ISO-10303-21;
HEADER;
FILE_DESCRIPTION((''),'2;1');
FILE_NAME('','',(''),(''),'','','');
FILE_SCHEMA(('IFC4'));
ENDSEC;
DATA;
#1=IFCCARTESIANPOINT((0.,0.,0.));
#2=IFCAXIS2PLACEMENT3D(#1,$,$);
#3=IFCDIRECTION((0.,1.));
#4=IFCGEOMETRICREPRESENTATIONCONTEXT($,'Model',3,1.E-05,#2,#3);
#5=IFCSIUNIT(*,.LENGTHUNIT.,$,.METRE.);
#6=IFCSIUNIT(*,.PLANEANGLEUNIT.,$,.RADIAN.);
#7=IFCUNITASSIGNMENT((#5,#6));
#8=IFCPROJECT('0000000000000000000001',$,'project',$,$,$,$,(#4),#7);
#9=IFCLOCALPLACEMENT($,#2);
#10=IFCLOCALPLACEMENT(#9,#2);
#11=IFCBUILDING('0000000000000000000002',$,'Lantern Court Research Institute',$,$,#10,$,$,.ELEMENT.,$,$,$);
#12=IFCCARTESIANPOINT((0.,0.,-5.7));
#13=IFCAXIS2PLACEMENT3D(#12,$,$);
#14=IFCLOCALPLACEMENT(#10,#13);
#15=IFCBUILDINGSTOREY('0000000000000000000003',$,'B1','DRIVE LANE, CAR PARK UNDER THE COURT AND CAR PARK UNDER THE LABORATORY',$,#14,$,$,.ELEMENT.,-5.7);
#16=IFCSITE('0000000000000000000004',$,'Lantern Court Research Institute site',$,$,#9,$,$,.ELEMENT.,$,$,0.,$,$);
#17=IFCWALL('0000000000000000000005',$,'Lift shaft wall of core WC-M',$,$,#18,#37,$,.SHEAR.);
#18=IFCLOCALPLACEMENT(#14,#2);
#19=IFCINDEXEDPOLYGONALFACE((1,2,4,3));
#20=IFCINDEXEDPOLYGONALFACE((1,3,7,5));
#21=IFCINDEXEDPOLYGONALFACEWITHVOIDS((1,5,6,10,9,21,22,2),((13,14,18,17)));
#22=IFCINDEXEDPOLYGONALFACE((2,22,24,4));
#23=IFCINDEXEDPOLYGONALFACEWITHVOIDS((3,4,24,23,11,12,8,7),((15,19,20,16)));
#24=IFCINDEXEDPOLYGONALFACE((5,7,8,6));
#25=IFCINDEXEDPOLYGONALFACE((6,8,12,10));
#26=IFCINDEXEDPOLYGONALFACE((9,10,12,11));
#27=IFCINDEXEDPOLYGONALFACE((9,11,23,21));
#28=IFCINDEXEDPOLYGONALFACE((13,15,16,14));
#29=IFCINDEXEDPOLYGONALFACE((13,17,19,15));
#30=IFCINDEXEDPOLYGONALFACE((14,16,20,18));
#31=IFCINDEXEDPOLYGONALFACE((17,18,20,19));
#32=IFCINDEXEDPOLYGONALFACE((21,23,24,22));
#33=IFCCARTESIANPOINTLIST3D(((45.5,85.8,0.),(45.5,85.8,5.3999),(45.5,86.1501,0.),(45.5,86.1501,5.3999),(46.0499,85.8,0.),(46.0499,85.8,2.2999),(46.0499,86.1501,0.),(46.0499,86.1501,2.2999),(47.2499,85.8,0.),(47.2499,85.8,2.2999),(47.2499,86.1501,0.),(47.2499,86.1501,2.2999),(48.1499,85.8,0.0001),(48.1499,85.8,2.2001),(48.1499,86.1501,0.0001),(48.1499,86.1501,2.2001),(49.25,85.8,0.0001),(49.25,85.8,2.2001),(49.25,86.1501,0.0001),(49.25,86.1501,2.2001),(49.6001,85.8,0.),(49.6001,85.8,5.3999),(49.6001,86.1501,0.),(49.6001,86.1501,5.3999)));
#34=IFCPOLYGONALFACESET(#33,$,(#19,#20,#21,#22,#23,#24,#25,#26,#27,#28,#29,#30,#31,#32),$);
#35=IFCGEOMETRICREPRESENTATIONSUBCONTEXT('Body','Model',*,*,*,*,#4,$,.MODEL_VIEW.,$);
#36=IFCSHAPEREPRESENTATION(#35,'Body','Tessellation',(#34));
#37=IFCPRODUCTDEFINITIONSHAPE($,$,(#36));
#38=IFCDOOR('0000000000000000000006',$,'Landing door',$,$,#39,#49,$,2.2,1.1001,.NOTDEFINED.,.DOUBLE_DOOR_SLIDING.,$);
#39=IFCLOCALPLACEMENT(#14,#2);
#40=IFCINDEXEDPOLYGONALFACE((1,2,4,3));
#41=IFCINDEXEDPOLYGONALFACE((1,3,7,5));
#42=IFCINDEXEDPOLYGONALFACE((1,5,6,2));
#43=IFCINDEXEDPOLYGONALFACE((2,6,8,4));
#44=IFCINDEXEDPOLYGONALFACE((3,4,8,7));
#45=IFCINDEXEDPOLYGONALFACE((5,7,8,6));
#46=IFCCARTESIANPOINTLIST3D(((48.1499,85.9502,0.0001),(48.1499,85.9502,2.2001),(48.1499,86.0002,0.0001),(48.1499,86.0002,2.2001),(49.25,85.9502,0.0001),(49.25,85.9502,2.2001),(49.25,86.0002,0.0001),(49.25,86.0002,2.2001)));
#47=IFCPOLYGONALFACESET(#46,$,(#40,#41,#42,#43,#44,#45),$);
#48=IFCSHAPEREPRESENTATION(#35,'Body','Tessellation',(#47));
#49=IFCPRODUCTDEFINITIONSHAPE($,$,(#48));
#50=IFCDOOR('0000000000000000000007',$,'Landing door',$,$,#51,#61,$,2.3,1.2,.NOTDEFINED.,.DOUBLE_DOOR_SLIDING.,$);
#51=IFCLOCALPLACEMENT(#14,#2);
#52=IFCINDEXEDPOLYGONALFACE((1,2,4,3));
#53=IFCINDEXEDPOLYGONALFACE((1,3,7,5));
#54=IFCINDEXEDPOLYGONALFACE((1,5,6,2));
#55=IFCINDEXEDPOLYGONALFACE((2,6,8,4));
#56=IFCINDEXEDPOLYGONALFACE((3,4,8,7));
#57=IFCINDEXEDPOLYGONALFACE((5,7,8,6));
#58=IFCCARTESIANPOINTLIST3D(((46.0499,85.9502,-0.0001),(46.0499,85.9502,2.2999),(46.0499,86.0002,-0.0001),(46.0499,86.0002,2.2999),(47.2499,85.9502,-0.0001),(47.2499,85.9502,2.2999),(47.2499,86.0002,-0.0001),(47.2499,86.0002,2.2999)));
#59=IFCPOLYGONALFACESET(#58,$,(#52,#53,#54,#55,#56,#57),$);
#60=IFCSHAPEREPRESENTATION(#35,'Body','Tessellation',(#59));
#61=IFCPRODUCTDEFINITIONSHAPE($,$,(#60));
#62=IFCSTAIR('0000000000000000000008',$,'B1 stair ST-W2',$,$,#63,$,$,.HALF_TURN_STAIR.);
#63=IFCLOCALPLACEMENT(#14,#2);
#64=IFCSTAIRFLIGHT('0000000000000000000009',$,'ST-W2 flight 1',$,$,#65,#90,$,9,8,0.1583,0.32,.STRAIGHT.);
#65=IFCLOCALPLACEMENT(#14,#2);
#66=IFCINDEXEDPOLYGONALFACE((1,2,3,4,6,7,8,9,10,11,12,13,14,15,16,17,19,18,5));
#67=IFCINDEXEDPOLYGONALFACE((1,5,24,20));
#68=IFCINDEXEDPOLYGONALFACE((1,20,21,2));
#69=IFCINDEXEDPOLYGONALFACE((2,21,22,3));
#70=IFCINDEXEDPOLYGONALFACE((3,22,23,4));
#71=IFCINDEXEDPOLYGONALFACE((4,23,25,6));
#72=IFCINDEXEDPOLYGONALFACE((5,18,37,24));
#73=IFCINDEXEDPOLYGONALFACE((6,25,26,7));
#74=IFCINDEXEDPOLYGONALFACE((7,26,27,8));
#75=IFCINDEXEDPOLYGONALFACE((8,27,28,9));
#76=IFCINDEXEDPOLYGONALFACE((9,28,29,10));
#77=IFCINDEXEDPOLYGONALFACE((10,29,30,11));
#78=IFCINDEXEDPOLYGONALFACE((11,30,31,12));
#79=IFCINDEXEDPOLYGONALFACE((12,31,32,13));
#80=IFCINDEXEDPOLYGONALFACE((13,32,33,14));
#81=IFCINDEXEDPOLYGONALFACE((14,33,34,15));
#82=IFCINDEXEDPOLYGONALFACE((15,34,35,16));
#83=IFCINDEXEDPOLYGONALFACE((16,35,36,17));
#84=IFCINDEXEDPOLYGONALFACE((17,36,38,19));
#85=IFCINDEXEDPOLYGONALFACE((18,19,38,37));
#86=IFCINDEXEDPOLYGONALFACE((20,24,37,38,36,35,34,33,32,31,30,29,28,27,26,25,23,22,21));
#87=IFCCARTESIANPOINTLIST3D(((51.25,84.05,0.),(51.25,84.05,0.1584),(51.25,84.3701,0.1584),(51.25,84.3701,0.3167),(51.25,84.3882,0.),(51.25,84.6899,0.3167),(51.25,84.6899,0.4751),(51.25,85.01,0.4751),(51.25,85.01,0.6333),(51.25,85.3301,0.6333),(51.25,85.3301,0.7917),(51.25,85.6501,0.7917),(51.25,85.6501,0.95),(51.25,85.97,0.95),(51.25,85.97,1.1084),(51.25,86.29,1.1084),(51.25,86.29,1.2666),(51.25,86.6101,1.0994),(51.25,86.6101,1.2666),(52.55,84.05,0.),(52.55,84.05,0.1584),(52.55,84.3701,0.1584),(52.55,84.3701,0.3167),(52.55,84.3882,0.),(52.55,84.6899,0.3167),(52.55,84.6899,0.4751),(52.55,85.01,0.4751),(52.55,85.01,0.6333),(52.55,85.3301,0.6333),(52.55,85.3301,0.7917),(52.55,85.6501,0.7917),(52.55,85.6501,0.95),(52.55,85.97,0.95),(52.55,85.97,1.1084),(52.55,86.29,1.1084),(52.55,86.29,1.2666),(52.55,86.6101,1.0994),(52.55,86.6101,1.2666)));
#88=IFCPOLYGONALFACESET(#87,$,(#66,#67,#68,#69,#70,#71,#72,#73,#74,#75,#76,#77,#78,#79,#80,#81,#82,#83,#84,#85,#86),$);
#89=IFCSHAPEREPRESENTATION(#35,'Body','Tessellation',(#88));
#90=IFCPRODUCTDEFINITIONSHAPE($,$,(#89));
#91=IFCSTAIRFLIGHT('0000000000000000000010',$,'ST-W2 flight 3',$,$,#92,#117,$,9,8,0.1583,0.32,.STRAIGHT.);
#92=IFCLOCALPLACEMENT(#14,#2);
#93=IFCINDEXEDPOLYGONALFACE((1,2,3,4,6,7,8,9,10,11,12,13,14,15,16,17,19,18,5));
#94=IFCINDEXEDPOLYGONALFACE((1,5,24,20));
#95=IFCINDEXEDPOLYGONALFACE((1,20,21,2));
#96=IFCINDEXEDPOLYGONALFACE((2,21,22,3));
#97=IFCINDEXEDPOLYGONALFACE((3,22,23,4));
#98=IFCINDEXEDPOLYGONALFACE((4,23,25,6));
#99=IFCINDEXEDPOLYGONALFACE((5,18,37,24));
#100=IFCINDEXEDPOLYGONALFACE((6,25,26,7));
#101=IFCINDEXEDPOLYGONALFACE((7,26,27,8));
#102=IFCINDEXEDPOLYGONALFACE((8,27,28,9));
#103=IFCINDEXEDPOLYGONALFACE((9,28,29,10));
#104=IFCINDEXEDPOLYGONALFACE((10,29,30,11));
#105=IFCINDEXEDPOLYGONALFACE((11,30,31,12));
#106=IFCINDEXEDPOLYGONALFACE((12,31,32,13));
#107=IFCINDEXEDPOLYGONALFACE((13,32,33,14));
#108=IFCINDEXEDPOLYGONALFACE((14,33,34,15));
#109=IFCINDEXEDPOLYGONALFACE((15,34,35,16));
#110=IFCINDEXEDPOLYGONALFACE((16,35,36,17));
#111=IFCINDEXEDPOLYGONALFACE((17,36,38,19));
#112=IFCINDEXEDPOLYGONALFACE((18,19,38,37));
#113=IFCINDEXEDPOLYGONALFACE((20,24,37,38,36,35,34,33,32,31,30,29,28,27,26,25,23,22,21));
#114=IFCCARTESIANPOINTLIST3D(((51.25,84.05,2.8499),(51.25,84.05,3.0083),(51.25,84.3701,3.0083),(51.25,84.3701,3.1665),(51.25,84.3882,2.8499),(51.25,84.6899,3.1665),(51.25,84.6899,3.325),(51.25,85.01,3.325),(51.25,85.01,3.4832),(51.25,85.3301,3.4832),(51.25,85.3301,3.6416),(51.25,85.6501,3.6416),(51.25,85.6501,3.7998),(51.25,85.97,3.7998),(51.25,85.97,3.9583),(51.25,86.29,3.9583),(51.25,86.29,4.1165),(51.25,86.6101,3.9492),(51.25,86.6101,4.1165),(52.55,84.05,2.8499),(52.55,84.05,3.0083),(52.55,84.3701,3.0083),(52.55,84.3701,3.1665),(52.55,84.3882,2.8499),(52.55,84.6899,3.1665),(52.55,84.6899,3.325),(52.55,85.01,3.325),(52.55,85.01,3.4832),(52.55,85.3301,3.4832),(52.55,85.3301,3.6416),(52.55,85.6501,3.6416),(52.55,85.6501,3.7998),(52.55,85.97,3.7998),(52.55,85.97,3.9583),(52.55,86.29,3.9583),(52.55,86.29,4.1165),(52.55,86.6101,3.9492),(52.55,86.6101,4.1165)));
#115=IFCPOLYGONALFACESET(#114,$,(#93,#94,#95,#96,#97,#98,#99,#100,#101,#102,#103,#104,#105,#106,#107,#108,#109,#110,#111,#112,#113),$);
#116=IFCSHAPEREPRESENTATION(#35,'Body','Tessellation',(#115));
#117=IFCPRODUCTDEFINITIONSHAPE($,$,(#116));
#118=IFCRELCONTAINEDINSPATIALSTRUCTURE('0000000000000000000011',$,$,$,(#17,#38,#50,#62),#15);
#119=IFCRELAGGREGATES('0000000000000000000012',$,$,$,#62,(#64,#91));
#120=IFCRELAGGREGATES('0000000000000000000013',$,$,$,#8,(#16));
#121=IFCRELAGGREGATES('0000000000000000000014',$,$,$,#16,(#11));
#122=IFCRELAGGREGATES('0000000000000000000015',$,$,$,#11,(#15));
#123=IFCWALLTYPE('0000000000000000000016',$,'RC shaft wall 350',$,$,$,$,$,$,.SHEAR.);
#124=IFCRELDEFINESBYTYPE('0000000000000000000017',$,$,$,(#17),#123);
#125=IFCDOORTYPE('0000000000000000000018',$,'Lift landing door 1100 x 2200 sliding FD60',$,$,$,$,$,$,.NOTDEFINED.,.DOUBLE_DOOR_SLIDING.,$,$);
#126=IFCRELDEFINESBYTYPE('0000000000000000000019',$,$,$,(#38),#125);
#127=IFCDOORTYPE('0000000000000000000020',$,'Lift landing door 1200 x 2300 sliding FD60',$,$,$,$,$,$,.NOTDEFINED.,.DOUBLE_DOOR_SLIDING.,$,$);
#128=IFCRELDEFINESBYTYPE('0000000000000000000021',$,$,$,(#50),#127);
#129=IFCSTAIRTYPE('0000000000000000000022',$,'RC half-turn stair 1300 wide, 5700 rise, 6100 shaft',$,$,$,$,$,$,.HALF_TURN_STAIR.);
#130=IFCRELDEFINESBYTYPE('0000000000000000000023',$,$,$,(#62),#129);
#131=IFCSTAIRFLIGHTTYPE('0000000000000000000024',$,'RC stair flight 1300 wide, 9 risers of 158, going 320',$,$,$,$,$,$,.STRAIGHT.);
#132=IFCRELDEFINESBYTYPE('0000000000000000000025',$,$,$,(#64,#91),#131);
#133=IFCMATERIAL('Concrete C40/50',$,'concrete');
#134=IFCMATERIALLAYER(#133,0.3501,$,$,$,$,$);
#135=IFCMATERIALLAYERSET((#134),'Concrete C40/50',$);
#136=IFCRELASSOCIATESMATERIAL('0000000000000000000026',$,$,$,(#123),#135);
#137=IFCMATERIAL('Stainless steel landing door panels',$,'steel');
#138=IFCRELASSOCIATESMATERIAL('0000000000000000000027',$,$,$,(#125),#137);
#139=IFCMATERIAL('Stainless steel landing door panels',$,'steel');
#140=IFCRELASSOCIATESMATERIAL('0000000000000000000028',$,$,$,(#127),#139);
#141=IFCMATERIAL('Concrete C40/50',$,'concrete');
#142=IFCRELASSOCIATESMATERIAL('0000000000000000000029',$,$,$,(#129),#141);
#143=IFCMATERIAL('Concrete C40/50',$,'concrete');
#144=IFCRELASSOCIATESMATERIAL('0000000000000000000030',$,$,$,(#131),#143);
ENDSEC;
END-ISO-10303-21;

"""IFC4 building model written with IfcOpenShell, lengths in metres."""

from ifc_helpers import new_model, si_unit, direction, frame, frame_2d, origin, place, context, subcontext, project, spatial, polyline, rectangle, outline, extrude, material, layer, layer_set, type_object, element, fill, aggregate, save


model = new_model("IFC4")

# Units and contexts
model_context = context("Model", 3, precision=1e-05, world=origin(), true_north=direction((0.0, 1.0)))
body_context = subcontext(model_context, "Body", "Model", "MODEL_VIEW")
ifc_project = project(units=[si_unit("LENGTHUNIT", "METRE"), si_unit("PLANEANGLEUNIT", "RADIAN")], contexts=[model_context])

# Site, building, storey
site_placement = place(None, origin())
site = spatial("IfcSite", under=ifc_project, at=site_placement, Name="Lantern Court Research Institute site", CompositionType="ELEMENT", RefElevation=0.0)
building_placement = place(site_placement, origin())
building = spatial("IfcBuilding", under=site, at=building_placement, Name="Lantern Court Research Institute", CompositionType="ELEMENT")
storey_placement = place(building_placement, frame((0.0, 0.0, -5.7)))
storey = spatial("IfcBuildingStorey", under=building, at=storey_placement, Name="B1", Description="DRIVE LANE, CAR PARK UNDER THE COURT AND CAR PARK UNDER THE LABORATORY", CompositionType="ELEMENT", Elevation=-5.7)

# Wall, openings, doors
ifc_material_1 = material(Name="Concrete C40/50", Category="concrete")
ifc_layer_1 = layer(ifc_material_1, 0.3501)
ifc_layer_set_1 = layer_set([ifc_layer_1], Name="Concrete C40/50")
wall_type_1 = type_object("IfcWallType", Name="RC shaft wall 350", PredefinedType="SHEAR", material=ifc_layer_set_1)
wall_1_placement = place(storey_placement, frame((49.6001, 85.9751, 0.0), z_axis=(0.0, 0.0, 1.0), x_axis=(-1.0, 0.0, 0.0)))
wall_1 = element("IfcWall", 1, at=wall_1_placement, inside=storey, type_object=wall_type_1, Name="Lift shaft wall of core WC-M", PredefinedType="SHEAR", context=body_context, shape_type="SweptSolid", body=[
    extrude(rectangle(XDim=4.1001, YDim=0.3501, at=frame_2d((2.05, 0.0))), origin(), (0.0, 0.0, 1.0), 5.3999),
])
opening_1_placement = place(wall_1_placement, frame((0.3501, 0.0, 0.0)))
opening_1 = element("IfcOpeningElement", 2, at=opening_1_placement, cuts=wall_1, PredefinedType="OPENING", context=body_context, shape_type="SweptSolid", body=[
    extrude(rectangle(XDim=1.1001, YDim=2.2, at=frame_2d((0.55, 1.1001))), frame((0.0, 0.1851, 0.0), z_axis=(0.0, -1.0, 0.0), x_axis=(1.0, 0.0, 0.0)), (0.0, 0.0, 1.0), 0.3701),
])
opening_2_placement = place(wall_1_placement, frame((2.3501, 0.0, 0.0)))
opening_2 = element("IfcOpeningElement", 3, at=opening_2_placement, cuts=wall_1, PredefinedType="OPENING", context=body_context, shape_type="SweptSolid", body=[
    extrude(rectangle(XDim=1.2, YDim=2.3, at=frame_2d((0.6001, 1.1499))), frame((0.0, 0.1851, 0.0), z_axis=(0.0, -1.0, 0.0), x_axis=(1.0, 0.0, 0.0)), (0.0, 0.0, 1.0), 0.3701),
])
ifc_material_2 = material(Name="Stainless steel landing door panels", Category="steel")
door_type_1 = type_object("IfcDoorType", Name="Lift landing door 1100 x 2200 sliding FD60", OperationType="DOUBLE_DOOR_SLIDING", PredefinedType="NOTDEFINED", material=ifc_material_2)
door_1_placement = place(opening_1_placement, origin())
door_1 = element("IfcDoor", 4, at=door_1_placement, inside=storey, type_object=door_type_1, Name="Landing door", OperationType="DOUBLE_DOOR_SLIDING", OverallHeight=2.2, OverallWidth=1.1001, PredefinedType="NOTDEFINED", context=body_context, shape_type="SweptSolid", body=[
    extrude(rectangle(XDim=1.1001, YDim=2.2, at=frame_2d((0.55, 1.1001))), frame((0.0, 0.0249, 0.0), z_axis=(0.0, -1.0, 0.0), x_axis=(1.0, 0.0, 0.0)), (0.0, 0.0, 1.0), 0.05),
])
fill(opening_1, door_1)
ifc_material_3 = material(Name="Stainless steel landing door panels", Category="steel")
door_type_2 = type_object("IfcDoorType", Name="Lift landing door 1200 x 2300 sliding FD60", OperationType="DOUBLE_DOOR_SLIDING", PredefinedType="NOTDEFINED", material=ifc_material_3)
door_2_placement = place(opening_2_placement, origin())
door_2 = element("IfcDoor", 5, at=door_2_placement, inside=storey, type_object=door_type_2, Name="Landing door", OperationType="DOUBLE_DOOR_SLIDING", OverallHeight=2.3, OverallWidth=1.2, PredefinedType="NOTDEFINED", context=body_context, shape_type="SweptSolid", body=[
    extrude(rectangle(XDim=1.2, YDim=2.3, at=frame_2d((0.6001, 1.1499))), frame((0.0, 0.0249, 0.0), z_axis=(0.0, -1.0, 0.0), x_axis=(1.0, 0.0, 0.0)), (0.0, 0.0, 1.0), 0.05),
])
fill(opening_2, door_2)

# Stair, stair flights
ifc_material_4 = material(Name="Concrete C40/50", Category="concrete")
stair_type = type_object("IfcStairType", Name="RC half-turn stair 1300 wide, 5700 rise, 6100 shaft", PredefinedType="HALF_TURN_STAIR", material=ifc_material_4)
stair_placement = place(storey_placement, origin())
stair = element("IfcStair", 6, at=stair_placement, inside=storey, type_object=stair_type, Name="B1 stair ST-W2", PredefinedType="HALF_TURN_STAIR")
ifc_material_5 = material(Name="Concrete C40/50", Category="concrete")
stair_flight_type = type_object("IfcStairFlightType", Name="RC stair flight 1300 wide, 9 risers of 158, going 320", PredefinedType="STRAIGHT", material=ifc_material_5)
stair_flight_1_placement = place(storey_placement, frame((51.8999, 84.05, 0.0), z_axis=(0.0, 0.0, 1.0), x_axis=(0.0, 1.0, 0.0)))
stair_flight_1 = element("IfcStairFlight", 7, at=stair_flight_1_placement, type_object=stair_flight_type, Name="ST-W2 flight 1", NumberOfRisers=9, NumberOfTreads=8, PredefinedType="STRAIGHT", RiserHeight=0.1583, TreadLength=0.32, context=body_context, shape_type="SweptSolid", body=[
    extrude(outline(polyline([(0.0, 0.0), (0.0, 0.1584), (0.3201, 0.1584), (0.3201, 0.3167), (0.6399, 0.3167), (0.6399, 0.4751), (0.96, 0.4751), (0.96, 0.6333), (1.28, 0.6333), (1.28, 0.7917), (1.6001, 0.7917), (1.6001, 0.95), (1.9199, 0.95), (1.9199, 1.1084), (2.24, 1.1084), (2.24, 1.2666), (2.5601, 1.2666), (2.5601, 1.425), (2.5601, 1.0994), (0.3381, 0.0), (0.0, 0.0)])), frame((0.0, 0.6499, 0.0), z_axis=(0.0, -1.0, 0.0), x_axis=(1.0, 0.0, 0.0)), (0.0, 0.0, 1.0), 1.3),
])
stair_flight_2_placement = place(storey_placement, frame((51.8999, 84.05, 2.8499), z_axis=(0.0, 0.0, 1.0), x_axis=(0.0, 1.0, 0.0)))
stair_flight_2 = element("IfcStairFlight", 8, at=stair_flight_2_placement, type_object=stair_flight_type, Name="ST-W2 flight 3", NumberOfRisers=9, NumberOfTreads=8, PredefinedType="STRAIGHT", RiserHeight=0.1583, TreadLength=0.32, context=body_context, shape_type="SweptSolid", body=[
    extrude(outline(polyline([(0.0, 0.0), (0.0, 0.1584), (0.3201, 0.1584), (0.3201, 0.3167), (0.6399, 0.3167), (0.6399, 0.4751), (0.96, 0.4751), (0.96, 0.6333), (1.28, 0.6333), (1.28, 0.7917), (1.6001, 0.7917), (1.6001, 0.95), (1.9199, 0.95), (1.9199, 1.1084), (2.24, 1.1084), (2.24, 1.2666), (2.5601, 1.2666), (2.5601, 1.425), (2.5601, 1.0994), (0.3381, 0.0), (0.0, 0.0)])), frame((0.0, 0.6499, 0.0), z_axis=(0.0, -1.0, 0.0), x_axis=(1.0, 0.0, 0.0)), (0.0, 0.0, 1.0), 1.3),
])
aggregate(stair, [stair_flight_1, stair_flight_2])

save(model, "model.ifc")
